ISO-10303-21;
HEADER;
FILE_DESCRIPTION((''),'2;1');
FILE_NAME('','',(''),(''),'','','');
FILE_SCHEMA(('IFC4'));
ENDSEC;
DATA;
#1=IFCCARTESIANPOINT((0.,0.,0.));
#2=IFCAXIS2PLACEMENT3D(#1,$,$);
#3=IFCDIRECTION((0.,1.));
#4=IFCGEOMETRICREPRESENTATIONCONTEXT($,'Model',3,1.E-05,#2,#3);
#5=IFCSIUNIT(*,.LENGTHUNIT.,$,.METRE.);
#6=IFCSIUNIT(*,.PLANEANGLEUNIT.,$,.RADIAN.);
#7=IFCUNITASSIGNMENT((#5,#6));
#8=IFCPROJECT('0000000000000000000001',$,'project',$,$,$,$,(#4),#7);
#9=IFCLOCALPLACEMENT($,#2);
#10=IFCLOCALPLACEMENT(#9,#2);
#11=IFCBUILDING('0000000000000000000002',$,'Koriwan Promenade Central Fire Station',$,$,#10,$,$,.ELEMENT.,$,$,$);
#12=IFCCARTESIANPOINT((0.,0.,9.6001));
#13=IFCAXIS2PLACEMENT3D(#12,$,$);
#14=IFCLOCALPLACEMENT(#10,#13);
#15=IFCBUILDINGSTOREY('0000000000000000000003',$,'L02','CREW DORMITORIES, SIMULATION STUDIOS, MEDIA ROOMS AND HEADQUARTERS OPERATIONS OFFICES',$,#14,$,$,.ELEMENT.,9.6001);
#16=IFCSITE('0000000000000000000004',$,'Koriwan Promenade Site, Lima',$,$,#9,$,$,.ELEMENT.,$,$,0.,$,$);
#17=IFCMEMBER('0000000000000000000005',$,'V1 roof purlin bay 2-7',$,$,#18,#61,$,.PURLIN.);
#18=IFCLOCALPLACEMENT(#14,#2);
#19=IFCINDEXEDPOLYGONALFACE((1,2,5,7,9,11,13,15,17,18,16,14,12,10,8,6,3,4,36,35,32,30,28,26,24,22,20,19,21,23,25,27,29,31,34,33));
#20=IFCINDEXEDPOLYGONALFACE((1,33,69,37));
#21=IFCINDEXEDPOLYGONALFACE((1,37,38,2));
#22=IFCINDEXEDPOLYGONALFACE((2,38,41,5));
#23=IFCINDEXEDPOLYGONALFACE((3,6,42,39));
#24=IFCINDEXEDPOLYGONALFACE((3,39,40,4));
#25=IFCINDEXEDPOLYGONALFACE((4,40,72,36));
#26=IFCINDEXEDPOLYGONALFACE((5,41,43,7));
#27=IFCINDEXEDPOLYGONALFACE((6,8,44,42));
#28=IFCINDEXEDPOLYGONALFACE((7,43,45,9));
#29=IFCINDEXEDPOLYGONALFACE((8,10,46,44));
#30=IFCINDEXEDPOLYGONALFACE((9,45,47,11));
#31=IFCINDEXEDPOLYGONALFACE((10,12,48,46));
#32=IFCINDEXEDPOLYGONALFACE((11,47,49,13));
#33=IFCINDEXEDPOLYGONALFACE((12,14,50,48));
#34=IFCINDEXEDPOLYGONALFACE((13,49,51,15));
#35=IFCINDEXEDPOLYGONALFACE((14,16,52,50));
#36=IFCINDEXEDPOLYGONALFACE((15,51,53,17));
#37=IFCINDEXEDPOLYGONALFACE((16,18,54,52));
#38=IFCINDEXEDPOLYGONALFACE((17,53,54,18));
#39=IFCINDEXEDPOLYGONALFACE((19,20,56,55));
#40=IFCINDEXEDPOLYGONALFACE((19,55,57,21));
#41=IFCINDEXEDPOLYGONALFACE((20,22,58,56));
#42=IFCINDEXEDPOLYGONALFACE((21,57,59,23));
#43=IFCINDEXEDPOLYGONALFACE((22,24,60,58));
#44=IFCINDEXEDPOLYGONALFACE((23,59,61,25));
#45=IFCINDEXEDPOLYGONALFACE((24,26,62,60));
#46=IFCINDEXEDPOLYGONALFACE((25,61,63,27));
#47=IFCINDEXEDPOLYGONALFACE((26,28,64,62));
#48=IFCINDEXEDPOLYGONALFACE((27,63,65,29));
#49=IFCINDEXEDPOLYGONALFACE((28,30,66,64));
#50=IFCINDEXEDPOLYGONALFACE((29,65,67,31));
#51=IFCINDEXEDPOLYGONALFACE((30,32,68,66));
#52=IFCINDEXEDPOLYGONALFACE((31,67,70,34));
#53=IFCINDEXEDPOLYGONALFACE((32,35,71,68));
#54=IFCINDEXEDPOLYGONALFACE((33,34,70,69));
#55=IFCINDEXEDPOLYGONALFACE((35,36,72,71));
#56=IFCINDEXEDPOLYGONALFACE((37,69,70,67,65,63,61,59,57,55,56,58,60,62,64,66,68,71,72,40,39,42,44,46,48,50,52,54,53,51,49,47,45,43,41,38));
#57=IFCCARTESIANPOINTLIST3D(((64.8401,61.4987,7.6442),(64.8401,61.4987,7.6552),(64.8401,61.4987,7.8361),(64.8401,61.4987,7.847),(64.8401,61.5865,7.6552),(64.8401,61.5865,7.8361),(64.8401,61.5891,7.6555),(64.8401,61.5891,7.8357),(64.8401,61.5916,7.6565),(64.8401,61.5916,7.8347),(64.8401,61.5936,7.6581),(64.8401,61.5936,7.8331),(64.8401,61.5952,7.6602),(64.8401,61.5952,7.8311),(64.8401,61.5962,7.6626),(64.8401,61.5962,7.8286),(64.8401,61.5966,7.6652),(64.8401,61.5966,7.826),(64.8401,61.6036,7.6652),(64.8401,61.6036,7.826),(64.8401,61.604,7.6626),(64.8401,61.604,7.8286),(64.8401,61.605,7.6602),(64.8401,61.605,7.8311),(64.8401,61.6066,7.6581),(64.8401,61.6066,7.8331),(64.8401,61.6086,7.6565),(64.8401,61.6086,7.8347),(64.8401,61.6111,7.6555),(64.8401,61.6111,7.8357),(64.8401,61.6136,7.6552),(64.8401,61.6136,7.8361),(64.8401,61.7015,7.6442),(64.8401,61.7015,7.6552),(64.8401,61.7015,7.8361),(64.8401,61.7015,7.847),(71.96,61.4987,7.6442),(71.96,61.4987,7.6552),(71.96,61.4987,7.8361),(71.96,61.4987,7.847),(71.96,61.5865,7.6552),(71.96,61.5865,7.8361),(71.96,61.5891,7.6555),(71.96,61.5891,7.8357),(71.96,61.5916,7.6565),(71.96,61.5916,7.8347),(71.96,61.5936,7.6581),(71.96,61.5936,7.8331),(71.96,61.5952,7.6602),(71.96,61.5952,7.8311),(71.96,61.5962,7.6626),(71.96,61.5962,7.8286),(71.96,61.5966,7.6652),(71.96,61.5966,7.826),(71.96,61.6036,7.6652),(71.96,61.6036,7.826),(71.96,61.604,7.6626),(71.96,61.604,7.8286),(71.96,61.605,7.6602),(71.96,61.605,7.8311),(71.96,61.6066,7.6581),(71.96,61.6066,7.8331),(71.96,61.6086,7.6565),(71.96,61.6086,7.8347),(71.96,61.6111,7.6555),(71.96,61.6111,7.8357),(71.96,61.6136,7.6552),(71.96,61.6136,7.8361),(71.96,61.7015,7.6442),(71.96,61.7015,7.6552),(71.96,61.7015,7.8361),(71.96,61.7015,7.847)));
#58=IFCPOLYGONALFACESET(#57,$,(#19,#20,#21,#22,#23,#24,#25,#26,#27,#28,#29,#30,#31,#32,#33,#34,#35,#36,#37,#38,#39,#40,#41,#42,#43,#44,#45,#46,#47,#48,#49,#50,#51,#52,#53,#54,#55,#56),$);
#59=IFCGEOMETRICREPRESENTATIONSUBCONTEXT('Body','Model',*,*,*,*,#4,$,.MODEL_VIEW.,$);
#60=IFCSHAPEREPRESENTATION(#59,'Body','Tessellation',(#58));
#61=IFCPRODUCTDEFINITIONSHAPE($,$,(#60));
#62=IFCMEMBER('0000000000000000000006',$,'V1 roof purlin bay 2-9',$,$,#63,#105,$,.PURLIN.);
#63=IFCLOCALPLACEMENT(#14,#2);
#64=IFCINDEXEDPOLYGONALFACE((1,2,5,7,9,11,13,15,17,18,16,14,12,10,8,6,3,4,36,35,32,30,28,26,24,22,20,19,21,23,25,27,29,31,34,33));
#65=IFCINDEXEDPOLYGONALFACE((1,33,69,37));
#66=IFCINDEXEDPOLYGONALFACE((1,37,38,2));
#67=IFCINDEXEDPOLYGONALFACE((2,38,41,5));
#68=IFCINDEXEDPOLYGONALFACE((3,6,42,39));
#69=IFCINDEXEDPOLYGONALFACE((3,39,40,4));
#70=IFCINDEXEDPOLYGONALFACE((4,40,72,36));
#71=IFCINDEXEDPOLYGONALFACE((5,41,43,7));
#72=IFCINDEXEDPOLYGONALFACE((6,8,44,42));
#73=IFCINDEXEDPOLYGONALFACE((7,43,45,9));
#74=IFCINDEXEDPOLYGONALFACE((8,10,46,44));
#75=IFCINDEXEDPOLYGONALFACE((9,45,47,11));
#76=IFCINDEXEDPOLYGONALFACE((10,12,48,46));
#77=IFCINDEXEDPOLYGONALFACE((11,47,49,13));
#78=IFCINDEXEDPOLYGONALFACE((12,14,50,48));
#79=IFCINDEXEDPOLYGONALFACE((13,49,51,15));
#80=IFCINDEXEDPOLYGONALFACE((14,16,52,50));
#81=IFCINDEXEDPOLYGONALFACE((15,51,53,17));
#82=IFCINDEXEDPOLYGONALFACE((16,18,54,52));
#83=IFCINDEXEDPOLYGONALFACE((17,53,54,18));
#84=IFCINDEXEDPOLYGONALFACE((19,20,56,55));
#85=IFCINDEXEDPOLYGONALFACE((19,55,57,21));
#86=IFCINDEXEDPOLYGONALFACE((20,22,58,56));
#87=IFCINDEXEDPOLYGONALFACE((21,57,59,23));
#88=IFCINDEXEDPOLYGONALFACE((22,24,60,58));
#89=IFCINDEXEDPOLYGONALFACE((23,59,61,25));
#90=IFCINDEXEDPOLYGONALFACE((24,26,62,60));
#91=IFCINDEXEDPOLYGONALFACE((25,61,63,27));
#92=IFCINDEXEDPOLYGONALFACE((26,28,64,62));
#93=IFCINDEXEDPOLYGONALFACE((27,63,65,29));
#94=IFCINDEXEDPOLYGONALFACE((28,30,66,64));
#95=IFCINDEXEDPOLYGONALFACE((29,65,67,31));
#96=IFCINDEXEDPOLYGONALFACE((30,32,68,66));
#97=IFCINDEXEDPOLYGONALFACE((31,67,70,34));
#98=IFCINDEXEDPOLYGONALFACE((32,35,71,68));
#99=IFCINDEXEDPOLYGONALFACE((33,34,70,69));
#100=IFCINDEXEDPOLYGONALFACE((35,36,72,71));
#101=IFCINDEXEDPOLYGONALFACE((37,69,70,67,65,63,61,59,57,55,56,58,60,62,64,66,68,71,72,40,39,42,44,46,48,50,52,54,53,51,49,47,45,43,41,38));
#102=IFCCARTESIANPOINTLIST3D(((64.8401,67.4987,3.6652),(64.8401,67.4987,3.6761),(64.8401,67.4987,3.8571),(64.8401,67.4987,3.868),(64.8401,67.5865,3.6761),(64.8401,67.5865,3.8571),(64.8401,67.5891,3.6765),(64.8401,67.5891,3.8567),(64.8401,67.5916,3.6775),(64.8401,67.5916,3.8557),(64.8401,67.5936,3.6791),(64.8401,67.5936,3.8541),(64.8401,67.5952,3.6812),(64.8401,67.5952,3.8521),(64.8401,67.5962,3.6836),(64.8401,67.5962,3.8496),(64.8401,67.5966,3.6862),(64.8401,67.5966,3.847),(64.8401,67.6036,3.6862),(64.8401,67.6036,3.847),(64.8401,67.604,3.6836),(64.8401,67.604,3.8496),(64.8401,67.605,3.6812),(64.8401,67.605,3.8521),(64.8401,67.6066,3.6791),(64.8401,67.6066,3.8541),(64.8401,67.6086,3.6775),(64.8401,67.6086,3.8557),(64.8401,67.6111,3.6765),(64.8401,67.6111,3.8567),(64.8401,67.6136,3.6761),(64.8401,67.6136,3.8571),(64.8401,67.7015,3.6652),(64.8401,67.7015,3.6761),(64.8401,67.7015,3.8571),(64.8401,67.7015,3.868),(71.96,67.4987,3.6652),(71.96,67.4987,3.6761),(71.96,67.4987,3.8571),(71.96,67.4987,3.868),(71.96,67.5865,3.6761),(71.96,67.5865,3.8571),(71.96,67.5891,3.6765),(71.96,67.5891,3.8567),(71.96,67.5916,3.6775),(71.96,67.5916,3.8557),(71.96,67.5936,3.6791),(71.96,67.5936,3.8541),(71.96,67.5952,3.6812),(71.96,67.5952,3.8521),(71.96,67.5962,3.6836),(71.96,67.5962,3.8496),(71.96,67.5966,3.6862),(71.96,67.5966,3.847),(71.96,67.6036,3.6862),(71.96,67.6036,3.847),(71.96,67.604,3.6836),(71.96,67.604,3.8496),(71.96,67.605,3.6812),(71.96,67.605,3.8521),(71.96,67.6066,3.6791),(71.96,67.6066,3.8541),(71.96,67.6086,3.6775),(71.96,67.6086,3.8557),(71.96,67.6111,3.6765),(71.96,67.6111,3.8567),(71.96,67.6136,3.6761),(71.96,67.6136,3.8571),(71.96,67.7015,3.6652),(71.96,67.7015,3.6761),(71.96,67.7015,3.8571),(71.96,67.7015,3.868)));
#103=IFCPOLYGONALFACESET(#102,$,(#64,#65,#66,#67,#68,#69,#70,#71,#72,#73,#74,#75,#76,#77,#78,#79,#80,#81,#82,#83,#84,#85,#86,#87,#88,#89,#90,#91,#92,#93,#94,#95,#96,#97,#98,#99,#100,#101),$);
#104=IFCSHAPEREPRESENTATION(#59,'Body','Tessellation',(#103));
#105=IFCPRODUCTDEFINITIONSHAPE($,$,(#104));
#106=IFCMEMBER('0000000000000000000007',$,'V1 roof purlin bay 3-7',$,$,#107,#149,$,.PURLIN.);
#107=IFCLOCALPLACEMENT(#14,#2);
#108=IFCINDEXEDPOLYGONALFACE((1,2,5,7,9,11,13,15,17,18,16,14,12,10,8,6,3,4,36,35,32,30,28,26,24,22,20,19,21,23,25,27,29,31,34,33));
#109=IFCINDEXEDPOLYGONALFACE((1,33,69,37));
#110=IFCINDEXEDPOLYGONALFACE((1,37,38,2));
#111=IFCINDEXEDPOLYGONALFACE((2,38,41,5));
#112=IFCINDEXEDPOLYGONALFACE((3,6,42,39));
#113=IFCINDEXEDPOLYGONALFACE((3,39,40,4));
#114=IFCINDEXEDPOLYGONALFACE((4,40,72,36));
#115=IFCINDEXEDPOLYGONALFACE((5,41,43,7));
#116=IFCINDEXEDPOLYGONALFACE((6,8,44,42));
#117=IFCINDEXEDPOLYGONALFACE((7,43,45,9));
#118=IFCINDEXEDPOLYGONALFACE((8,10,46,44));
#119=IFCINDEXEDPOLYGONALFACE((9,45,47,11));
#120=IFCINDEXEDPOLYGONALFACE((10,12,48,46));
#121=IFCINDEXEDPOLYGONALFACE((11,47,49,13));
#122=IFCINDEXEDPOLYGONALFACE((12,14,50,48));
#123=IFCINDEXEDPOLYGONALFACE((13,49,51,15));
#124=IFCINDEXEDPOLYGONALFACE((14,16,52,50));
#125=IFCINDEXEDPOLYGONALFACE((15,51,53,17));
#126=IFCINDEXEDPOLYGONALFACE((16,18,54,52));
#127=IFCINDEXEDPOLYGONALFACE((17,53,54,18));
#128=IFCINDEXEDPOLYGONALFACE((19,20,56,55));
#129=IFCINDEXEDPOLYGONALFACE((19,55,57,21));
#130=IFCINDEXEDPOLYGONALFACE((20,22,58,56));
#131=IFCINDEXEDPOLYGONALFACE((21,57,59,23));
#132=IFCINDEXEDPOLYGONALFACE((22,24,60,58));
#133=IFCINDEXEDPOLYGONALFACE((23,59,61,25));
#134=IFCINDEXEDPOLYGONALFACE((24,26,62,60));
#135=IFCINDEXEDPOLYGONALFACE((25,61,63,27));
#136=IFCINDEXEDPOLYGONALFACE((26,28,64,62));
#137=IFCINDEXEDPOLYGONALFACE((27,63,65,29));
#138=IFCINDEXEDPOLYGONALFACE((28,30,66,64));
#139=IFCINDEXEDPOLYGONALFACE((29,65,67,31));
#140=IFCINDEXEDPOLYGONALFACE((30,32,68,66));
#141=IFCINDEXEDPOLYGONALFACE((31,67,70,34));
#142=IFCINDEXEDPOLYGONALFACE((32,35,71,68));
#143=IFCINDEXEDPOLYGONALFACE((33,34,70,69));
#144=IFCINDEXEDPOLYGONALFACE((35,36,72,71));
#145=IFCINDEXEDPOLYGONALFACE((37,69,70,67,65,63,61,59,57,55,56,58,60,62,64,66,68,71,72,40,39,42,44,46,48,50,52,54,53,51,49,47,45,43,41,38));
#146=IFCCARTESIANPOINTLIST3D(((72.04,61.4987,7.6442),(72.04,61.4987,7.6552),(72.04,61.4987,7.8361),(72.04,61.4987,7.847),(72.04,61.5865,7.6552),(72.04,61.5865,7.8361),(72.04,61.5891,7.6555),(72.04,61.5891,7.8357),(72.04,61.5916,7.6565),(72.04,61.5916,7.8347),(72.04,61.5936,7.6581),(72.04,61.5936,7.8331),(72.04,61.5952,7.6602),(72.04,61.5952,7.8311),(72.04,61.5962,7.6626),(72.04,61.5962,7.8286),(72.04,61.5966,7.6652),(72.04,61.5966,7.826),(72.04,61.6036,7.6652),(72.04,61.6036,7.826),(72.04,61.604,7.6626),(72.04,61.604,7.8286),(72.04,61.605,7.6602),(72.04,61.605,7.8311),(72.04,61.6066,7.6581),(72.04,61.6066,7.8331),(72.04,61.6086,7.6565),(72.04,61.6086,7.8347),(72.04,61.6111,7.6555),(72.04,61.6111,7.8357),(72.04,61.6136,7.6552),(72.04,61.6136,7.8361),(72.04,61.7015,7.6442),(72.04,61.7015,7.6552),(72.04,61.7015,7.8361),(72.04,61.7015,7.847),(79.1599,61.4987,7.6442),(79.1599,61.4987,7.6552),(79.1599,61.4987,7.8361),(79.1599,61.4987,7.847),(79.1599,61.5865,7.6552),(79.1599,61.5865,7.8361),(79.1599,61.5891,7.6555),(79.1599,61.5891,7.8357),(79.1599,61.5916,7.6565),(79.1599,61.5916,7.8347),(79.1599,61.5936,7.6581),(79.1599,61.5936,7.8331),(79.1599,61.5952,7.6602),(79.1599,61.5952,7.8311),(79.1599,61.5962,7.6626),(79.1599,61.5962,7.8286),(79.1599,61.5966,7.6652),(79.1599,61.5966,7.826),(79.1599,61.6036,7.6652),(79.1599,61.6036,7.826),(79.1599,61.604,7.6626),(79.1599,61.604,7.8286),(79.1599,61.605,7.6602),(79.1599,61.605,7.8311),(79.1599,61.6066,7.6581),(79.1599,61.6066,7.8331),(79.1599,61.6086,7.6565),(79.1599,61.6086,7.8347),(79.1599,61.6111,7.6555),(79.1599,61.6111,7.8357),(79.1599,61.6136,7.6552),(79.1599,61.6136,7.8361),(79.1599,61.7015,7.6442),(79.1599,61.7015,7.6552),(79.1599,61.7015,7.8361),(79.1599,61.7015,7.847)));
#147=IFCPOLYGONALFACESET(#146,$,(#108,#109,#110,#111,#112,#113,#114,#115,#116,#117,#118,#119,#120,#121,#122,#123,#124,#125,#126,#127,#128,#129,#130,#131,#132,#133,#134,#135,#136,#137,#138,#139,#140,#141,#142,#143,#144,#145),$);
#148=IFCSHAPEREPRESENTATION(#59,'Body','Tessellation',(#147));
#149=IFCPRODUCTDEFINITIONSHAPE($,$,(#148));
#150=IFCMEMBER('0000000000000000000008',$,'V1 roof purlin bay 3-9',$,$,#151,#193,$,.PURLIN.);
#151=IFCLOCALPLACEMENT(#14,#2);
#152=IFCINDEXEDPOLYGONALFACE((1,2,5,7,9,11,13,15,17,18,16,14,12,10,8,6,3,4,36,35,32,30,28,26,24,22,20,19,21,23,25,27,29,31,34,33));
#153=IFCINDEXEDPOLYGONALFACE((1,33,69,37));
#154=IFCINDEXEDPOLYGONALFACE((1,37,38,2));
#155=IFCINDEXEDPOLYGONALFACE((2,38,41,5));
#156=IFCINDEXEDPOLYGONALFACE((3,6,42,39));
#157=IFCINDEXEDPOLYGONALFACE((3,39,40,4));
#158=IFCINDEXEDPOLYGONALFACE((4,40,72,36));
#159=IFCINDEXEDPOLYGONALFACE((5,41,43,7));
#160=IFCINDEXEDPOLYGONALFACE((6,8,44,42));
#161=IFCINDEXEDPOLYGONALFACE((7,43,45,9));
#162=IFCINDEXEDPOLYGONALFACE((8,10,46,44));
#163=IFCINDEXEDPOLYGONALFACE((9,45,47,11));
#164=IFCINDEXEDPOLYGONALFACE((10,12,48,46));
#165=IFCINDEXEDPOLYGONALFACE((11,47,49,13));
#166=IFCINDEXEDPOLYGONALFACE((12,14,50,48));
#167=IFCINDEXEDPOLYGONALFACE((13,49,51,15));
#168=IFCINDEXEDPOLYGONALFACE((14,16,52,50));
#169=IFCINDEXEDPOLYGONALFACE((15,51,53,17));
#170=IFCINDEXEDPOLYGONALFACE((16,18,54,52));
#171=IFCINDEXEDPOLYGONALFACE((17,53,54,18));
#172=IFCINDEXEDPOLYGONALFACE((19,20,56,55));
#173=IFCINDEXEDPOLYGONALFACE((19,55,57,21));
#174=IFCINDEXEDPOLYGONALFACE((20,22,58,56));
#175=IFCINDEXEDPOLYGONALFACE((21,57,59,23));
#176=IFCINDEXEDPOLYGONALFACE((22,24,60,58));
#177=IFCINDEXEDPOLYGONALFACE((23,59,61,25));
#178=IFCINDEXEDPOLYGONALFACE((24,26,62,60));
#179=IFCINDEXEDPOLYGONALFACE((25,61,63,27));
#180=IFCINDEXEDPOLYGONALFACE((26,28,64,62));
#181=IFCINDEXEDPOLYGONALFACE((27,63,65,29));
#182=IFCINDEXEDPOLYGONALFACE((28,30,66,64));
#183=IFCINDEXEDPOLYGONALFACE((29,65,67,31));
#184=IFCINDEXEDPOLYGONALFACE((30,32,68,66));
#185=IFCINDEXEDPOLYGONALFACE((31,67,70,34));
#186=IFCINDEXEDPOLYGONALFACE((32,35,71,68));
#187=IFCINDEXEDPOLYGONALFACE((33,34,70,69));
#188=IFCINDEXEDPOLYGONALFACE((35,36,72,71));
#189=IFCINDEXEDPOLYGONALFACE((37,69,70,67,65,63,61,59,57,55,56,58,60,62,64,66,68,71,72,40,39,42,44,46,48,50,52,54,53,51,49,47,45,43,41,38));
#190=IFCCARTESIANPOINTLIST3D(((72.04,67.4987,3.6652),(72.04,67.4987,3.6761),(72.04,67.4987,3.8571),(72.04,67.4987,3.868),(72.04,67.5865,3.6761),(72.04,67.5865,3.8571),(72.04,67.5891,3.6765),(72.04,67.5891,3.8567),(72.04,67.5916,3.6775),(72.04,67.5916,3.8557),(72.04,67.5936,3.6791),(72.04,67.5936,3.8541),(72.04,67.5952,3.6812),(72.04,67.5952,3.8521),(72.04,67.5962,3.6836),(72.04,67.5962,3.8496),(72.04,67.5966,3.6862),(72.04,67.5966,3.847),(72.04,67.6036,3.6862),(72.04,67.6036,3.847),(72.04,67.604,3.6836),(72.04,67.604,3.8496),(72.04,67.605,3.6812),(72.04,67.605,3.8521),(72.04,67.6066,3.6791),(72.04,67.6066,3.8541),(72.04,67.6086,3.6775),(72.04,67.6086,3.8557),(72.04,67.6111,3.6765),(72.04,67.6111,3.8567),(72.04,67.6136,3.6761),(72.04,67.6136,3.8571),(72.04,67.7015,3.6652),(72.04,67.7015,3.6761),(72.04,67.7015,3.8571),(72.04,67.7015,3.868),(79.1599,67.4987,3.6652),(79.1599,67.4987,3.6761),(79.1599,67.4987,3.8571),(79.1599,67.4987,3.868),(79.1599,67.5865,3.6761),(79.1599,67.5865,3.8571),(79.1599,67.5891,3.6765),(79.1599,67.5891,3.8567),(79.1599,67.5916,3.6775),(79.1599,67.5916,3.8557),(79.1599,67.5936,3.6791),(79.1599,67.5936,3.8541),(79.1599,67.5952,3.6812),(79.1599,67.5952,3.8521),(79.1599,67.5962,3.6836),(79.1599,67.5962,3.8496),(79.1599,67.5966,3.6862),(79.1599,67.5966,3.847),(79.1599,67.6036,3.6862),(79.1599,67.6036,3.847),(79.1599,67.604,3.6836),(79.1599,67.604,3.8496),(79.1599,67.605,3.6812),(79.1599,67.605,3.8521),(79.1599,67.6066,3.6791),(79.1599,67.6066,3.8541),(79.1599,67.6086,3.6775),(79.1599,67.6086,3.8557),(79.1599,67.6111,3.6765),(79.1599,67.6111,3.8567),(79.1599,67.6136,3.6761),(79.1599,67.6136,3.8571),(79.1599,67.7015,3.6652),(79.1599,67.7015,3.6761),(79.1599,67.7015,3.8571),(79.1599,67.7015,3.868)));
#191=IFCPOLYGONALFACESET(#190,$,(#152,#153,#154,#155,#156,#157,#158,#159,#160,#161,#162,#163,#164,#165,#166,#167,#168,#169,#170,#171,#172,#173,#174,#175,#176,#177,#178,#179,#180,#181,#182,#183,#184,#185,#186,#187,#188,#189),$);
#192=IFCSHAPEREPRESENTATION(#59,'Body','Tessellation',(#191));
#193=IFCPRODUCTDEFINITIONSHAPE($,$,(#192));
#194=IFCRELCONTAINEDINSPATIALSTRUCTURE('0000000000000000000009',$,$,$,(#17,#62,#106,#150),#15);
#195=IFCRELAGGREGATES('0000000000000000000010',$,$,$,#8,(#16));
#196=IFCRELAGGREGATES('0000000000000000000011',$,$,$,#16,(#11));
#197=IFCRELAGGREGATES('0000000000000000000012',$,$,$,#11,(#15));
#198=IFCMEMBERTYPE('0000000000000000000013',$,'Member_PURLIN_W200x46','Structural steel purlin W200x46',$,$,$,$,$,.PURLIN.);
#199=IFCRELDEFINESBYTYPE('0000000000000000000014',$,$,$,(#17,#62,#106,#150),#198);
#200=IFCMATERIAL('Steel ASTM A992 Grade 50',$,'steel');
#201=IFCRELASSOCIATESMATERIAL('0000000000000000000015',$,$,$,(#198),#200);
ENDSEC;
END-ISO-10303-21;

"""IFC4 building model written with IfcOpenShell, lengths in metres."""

from ifc_helpers import new_model, si_unit, direction, frame, origin, origin_2d, place, context, subcontext, project, spatial, i_section, extrude, material, material_profile, profile_set, type_object, element, save


model = new_model("IFC4")

# Units and contexts
model_context = context("Model", 3, precision=1e-05, world=origin(), true_north=direction((0.0, 1.0)))
body_context = subcontext(model_context, "Body", "Model", "MODEL_VIEW")
ifc_project = project(units=[si_unit("LENGTHUNIT", "METRE"), si_unit("PLANEANGLEUNIT", "RADIAN")], contexts=[model_context])

# Site, building, storey
site_placement = place(None, origin())
site = spatial("IfcSite", under=ifc_project, at=site_placement, Name="Koriwan Promenade Site, Lima", CompositionType="ELEMENT", RefElevation=0.0)
building_placement = place(site_placement, origin())
building = spatial("IfcBuilding", under=site, at=building_placement, Name="Koriwan Promenade Central Fire Station", CompositionType="ELEMENT")
storey_placement = place(building_placement, frame((0.0, 0.0, 9.6001)))
storey = spatial("IfcBuildingStorey", under=building, at=storey_placement, Name="L02", Description="CREW DORMITORIES, SIMULATION STUDIOS, MEDIA ROOMS AND HEADQUARTERS OPERATIONS OFFICES", CompositionType="ELEMENT", Elevation=9.6001)

# Members
ifc_material_1 = material(Name="Steel ASTM A992 Grade 50", Category="steel")
ifc_material_profile_1 = material_profile(ifc_material_1, i_section(OverallWidth=0.2029, OverallDepth=0.2029, WebThickness=0.0071, FlangeThickness=0.011, FilletRadius=0.01, at=origin_2d()), Name="W200x46")
ifc_profile_set_1 = profile_set([ifc_material_profile_1], Name="Steel ASTM A992 Grade 50")
member_type_1 = type_object("IfcMemberType", Name="Member_PURLIN_W200x46", Description="Structural steel purlin W200x46", PredefinedType="PURLIN", material=ifc_profile_set_1)
for number, where, z_axis, x_axis, name in (
    (1, (64.8401, 61.6001, 7.7456), (1.0, 0.0, 0.0), (0.0, 1.0, 0.0), "V1 roof purlin bay 2-7"),
    (2, (64.8401, 67.6001, 3.7666), (1.0, 0.0, 0.0), (0.0, 1.0, 0.0), "V1 roof purlin bay 2-9"),
    (3, (72.04, 61.6001, 7.7456), (1.0, 0.0, 0.0), (0.0, 1.0, 0.0), "V1 roof purlin bay 3-7"),
    (4, (72.04, 67.6001, 3.7666), (1.0, 0.0, 0.0), (0.0, 1.0, 0.0), "V1 roof purlin bay 3-9"),
):
    element("IfcMember", number, at=place(storey_placement, frame(where, z_axis=z_axis, x_axis=x_axis)), inside=storey, type_object=member_type_1, Name=name, PredefinedType="PURLIN", context=body_context, shape_type="SweptSolid", body=[
        extrude(i_section(OverallWidth=0.2029, OverallDepth=0.2029, WebThickness=0.0071, FlangeThickness=0.011, FilletRadius=0.01, at=origin_2d()), origin(), (0.0, 0.0, 1.0), 7.1199),
    ])

save(model, "model.ifc")
